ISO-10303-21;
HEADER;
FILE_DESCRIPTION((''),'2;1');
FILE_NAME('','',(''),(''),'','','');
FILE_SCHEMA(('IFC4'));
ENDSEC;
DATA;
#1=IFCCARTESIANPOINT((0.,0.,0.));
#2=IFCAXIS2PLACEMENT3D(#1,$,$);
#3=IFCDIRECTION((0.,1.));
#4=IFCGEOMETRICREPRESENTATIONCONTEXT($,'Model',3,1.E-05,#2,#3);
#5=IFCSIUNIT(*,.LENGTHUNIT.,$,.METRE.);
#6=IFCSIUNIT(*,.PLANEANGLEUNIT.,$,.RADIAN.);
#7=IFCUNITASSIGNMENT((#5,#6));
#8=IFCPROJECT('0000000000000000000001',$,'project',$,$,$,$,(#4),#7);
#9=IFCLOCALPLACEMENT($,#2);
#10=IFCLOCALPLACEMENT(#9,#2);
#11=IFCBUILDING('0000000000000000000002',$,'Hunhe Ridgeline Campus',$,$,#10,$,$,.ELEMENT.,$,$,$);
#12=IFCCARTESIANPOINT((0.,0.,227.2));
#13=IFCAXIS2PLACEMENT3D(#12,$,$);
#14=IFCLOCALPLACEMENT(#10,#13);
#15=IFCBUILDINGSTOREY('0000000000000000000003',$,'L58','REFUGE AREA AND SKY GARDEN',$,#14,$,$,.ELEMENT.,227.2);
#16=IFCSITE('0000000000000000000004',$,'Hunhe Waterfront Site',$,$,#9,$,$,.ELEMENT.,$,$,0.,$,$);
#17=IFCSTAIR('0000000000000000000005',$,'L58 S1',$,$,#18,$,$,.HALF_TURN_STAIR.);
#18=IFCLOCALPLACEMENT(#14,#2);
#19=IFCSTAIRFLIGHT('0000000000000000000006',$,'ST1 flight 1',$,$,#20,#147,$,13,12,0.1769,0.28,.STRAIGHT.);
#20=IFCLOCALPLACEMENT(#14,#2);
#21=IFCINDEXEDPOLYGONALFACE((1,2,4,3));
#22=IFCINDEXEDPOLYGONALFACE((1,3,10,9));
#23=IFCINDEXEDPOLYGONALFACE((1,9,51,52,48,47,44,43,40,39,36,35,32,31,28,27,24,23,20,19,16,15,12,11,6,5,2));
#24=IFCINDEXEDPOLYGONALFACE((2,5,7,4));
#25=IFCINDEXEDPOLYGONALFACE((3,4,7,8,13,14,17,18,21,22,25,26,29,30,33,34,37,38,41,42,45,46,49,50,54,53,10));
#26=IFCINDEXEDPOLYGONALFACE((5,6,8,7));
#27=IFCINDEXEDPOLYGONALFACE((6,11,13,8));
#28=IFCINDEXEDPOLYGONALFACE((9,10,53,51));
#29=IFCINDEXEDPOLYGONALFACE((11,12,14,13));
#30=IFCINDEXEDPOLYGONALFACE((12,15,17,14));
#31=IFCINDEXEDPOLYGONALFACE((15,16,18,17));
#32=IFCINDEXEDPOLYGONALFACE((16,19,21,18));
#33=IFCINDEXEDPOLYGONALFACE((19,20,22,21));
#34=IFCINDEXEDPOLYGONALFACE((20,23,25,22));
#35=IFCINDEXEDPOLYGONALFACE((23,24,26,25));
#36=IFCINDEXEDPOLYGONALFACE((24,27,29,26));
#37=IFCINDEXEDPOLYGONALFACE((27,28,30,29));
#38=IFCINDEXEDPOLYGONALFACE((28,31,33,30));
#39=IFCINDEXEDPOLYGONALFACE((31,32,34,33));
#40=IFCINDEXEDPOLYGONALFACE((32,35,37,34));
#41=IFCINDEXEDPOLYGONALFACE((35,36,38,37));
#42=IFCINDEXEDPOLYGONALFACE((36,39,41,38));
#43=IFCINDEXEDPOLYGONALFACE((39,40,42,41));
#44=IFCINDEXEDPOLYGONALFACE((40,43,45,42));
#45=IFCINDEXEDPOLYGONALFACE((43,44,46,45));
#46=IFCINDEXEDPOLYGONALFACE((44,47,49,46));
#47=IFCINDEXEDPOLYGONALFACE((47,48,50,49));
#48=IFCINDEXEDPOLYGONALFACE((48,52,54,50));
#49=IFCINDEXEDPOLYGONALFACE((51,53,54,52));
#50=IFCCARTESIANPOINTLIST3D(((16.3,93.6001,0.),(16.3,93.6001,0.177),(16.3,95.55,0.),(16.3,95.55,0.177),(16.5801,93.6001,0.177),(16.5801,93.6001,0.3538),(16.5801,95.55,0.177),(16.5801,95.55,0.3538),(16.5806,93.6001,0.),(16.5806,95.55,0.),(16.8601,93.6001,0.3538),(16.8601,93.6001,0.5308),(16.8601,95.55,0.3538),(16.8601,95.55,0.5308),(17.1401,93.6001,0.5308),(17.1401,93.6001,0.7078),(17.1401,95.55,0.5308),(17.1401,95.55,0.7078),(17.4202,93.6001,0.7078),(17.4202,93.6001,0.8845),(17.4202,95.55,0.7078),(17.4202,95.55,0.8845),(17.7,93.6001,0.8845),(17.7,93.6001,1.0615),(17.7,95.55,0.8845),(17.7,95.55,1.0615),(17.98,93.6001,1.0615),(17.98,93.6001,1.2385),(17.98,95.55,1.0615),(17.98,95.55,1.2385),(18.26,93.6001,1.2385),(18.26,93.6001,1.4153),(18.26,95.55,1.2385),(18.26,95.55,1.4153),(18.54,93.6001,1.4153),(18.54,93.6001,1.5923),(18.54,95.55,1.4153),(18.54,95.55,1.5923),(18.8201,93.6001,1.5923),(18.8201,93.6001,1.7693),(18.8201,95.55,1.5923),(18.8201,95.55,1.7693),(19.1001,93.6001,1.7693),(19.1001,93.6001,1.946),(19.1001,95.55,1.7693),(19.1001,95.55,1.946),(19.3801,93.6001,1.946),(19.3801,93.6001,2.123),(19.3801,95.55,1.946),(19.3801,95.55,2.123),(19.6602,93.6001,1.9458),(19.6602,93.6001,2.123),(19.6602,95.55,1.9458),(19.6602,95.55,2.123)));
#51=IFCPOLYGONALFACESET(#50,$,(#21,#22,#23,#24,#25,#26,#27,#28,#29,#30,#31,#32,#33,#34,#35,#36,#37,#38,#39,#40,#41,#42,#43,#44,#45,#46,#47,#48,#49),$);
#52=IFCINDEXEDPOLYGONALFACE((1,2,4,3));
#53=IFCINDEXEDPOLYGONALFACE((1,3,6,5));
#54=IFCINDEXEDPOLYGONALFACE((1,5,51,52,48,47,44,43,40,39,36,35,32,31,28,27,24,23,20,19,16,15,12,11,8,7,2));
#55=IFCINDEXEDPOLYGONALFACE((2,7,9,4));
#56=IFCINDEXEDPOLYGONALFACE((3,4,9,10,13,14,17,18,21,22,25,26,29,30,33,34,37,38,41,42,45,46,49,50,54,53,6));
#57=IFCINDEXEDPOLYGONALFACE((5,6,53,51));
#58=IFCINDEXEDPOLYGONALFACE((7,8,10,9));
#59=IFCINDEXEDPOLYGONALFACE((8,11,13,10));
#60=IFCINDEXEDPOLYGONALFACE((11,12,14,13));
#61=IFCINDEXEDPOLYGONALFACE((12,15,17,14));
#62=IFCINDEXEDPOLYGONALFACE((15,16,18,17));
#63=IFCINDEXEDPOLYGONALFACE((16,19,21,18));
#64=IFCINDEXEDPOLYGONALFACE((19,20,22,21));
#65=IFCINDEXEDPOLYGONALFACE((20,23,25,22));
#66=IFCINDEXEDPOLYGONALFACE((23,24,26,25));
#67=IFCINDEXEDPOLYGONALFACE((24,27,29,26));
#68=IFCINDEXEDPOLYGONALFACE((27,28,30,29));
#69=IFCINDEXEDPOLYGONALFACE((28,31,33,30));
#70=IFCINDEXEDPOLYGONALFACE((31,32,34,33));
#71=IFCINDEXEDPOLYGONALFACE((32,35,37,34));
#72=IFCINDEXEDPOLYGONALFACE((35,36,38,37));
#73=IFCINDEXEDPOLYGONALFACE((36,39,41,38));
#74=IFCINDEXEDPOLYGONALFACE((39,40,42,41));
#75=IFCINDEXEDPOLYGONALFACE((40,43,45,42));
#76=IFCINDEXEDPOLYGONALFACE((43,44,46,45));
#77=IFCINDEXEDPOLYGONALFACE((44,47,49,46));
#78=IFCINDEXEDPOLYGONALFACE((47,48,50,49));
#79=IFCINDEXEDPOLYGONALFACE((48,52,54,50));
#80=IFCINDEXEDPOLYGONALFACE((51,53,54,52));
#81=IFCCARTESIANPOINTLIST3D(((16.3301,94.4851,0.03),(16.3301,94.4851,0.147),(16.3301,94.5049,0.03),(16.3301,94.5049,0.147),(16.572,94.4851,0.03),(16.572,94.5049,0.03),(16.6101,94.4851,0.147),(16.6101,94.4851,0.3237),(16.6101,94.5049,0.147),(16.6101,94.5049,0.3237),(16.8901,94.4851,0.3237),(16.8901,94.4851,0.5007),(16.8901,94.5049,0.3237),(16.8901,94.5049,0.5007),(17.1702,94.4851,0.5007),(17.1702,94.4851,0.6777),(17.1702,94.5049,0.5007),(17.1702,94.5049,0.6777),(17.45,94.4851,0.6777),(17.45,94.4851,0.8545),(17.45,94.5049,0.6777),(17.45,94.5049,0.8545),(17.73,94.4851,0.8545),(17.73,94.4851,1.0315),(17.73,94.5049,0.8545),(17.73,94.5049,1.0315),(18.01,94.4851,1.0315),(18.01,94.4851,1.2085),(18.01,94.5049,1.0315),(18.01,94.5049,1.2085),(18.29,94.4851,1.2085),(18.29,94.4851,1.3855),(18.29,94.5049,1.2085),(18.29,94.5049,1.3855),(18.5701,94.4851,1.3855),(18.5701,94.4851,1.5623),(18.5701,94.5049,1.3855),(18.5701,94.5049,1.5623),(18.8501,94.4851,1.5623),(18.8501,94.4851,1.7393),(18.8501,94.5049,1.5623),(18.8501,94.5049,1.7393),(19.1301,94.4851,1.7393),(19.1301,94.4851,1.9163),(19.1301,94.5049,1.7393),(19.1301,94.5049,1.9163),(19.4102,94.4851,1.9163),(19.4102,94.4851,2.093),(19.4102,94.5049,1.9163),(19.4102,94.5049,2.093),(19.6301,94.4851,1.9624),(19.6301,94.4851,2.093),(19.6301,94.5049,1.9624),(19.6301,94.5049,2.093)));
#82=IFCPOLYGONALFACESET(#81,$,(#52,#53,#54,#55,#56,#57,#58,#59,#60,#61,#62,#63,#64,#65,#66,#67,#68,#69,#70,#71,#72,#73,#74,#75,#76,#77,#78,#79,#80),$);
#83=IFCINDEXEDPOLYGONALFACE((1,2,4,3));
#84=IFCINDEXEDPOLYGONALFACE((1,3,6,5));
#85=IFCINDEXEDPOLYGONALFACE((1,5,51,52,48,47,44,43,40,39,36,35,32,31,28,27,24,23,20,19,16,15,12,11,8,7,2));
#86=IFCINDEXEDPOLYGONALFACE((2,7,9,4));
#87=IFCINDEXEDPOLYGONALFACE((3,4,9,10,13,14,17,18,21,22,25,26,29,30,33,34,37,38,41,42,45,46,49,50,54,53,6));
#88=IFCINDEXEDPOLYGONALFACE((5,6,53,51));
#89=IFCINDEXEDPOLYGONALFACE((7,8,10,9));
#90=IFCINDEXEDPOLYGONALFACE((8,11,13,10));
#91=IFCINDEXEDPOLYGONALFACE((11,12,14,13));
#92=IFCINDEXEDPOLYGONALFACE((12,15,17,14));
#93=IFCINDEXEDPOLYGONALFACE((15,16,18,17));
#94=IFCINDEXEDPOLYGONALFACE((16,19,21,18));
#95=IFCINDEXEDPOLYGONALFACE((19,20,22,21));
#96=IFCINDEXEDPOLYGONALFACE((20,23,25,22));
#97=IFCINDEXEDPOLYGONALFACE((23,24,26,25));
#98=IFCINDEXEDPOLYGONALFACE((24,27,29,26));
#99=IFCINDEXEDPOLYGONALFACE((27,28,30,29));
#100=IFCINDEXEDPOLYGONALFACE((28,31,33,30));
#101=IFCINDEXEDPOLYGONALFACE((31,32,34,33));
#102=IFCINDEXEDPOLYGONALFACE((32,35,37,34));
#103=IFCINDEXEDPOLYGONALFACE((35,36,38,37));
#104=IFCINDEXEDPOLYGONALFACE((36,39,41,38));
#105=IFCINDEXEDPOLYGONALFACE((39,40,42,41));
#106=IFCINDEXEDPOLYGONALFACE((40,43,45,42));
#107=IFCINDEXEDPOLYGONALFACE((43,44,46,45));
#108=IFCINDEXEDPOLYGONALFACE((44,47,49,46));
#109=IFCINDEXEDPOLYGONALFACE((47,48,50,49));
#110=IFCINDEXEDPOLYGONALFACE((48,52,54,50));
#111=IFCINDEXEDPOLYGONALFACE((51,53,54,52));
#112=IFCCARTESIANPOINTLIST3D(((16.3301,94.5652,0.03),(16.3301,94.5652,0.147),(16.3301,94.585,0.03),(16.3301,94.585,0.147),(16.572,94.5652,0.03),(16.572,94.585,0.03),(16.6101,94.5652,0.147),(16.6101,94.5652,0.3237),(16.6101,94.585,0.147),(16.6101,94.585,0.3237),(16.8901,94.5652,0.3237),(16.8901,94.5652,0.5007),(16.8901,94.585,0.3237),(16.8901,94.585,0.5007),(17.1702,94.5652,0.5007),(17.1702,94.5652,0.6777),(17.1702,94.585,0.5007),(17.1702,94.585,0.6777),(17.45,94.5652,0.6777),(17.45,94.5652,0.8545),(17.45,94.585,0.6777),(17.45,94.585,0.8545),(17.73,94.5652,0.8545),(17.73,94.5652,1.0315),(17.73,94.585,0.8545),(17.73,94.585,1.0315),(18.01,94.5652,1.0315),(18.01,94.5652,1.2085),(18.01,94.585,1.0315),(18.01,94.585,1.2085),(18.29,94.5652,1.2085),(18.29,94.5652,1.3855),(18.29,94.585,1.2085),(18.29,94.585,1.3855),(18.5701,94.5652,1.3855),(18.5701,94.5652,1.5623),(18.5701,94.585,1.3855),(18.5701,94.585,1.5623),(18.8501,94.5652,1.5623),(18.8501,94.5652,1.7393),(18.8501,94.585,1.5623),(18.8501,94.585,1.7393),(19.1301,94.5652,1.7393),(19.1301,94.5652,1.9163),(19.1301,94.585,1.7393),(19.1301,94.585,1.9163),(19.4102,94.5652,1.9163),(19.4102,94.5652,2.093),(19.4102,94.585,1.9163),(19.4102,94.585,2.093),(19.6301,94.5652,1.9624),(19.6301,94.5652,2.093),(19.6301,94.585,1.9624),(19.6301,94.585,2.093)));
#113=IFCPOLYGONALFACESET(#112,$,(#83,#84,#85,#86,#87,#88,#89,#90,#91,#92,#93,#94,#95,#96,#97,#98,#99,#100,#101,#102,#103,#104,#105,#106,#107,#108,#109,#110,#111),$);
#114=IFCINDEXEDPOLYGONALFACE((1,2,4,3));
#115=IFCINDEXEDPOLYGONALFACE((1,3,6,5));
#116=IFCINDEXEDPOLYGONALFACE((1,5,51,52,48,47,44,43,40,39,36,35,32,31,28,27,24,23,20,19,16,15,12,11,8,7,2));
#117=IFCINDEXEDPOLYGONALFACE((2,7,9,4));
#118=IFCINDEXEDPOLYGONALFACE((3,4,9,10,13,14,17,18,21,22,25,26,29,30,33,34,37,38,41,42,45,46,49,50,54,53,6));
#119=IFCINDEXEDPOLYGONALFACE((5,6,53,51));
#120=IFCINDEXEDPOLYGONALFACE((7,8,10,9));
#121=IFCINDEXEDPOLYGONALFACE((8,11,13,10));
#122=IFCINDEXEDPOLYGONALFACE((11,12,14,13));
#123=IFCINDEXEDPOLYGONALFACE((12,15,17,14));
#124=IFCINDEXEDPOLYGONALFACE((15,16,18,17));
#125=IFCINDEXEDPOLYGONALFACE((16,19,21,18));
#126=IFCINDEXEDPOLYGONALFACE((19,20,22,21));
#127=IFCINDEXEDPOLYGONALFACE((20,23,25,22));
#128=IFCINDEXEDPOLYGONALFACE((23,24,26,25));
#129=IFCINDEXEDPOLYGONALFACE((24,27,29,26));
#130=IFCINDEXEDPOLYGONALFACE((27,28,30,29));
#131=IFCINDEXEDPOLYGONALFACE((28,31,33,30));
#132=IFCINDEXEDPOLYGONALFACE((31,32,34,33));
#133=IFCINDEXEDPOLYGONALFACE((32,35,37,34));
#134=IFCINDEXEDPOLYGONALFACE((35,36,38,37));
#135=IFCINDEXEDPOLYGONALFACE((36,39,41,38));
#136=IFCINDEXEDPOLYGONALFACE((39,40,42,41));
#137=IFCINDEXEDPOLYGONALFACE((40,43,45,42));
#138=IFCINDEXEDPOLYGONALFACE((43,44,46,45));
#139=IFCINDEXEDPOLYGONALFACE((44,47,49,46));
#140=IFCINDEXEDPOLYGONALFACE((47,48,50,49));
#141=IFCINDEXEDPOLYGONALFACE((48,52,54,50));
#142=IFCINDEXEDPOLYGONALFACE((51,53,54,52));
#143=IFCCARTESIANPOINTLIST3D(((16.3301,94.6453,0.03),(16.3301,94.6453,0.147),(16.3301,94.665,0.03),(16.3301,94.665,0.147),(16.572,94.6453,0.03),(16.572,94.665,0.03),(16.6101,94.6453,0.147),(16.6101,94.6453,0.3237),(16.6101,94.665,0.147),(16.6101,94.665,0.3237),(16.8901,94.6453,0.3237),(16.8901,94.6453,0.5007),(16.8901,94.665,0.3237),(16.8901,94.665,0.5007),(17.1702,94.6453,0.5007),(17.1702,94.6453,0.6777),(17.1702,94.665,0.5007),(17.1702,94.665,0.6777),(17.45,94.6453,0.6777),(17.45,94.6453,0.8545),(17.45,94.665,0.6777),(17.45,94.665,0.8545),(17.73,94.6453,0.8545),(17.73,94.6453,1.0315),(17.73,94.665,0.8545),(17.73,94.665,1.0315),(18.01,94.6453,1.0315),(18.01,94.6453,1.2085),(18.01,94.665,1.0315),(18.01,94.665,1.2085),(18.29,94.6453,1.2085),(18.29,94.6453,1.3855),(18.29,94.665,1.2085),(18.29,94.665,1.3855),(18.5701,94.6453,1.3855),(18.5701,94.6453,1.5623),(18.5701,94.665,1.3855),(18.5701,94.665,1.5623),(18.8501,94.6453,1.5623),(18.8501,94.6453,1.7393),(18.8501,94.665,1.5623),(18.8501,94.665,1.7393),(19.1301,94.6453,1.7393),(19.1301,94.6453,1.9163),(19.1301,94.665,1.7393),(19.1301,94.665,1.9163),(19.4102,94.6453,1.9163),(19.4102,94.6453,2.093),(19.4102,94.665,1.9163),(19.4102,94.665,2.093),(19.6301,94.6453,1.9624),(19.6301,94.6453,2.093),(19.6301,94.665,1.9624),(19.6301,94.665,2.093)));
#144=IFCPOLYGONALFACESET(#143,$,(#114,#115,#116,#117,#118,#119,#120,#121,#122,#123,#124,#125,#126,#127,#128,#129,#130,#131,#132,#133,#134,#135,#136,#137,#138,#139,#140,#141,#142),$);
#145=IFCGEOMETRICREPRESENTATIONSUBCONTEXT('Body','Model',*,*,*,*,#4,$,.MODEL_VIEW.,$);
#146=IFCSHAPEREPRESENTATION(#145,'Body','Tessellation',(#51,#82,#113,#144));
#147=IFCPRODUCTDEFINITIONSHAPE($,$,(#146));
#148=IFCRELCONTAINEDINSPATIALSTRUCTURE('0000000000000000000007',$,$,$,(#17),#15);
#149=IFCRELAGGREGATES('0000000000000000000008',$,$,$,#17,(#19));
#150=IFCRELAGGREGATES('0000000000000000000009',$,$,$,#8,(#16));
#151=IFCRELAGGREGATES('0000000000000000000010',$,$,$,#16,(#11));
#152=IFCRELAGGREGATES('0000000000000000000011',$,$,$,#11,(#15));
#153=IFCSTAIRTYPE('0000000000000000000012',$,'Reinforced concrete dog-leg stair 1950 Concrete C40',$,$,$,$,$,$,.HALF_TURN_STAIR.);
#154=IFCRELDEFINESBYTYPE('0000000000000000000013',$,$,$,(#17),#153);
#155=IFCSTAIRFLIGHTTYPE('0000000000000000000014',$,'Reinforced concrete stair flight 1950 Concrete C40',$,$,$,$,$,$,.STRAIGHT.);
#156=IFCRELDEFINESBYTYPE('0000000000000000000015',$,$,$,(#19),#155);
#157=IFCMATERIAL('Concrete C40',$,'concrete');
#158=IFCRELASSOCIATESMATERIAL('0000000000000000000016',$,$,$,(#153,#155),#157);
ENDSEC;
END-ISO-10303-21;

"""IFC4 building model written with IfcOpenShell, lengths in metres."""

from ifc_helpers import new_model, si_unit, direction, frame, origin, place, context, subcontext, project, spatial, polyline, outline, extrude, material, type_object, element, aggregate, save


model = new_model("IFC4")

# Units and contexts
model_context = context("Model", 3, precision=1e-05, world=origin(), true_north=direction((0.0, 1.0)))
body_context = subcontext(model_context, "Body", "Model", "MODEL_VIEW")
ifc_project = project(units=[si_unit("LENGTHUNIT", "METRE"), si_unit("PLANEANGLEUNIT", "RADIAN")], contexts=[model_context])

# Site, building, storey
site_placement = place(None, origin())
site = spatial("IfcSite", under=ifc_project, at=site_placement, Name="Hunhe Waterfront Site", CompositionType="ELEMENT", RefElevation=0.0)
building_placement = place(site_placement, origin())
building = spatial("IfcBuilding", under=site, at=building_placement, Name="Hunhe Ridgeline Campus", CompositionType="ELEMENT")
storey_placement = place(building_placement, frame((0.0, 0.0, 227.2)))
storey = spatial("IfcBuildingStorey", under=building, at=storey_placement, Name="L58", Description="REFUGE AREA AND SKY GARDEN", CompositionType="ELEMENT", Elevation=227.2)

# Stair, stair flight
ifc_material_1 = material(Name="Concrete C40", Category="concrete")
stair_type = type_object("IfcStairType", Name="Reinforced concrete dog-leg stair 1950 Concrete C40", PredefinedType="HALF_TURN_STAIR", material=ifc_material_1)
stair_placement = place(storey_placement, origin())
stair = element("IfcStair", 1, at=stair_placement, inside=storey, type_object=stair_type, Name="L58 S1", PredefinedType="HALF_TURN_STAIR")
stair_flight_type = type_object("IfcStairFlightType", Name="Reinforced concrete stair flight 1950 Concrete C40", PredefinedType="STRAIGHT", material=ifc_material_1)
stair_flight_placement = place(storey_placement, frame((16.3, 94.575, 0.0), z_axis=(0.0, 0.0, 1.0), x_axis=(1.0, 0.0, 0.0)))
stair_flight = element("IfcStairFlight", 2, at=stair_flight_placement, type_object=stair_flight_type, Name="ST1 flight 1", NumberOfRisers=13, NumberOfTreads=12, PredefinedType="STRAIGHT", RiserHeight=0.1769, TreadLength=0.28, context=body_context, shape_type="SweptSolid", body=[
    extrude(outline(polyline([(0.0, 0.0), (0.0, 0.177), (0.28, 0.177), (0.28, 0.3538), (0.5601, 0.3538), (0.5601, 0.5308), (0.8401, 0.5308), (0.8401, 0.7078), (1.1201, 0.7078), (1.1201, 0.8845), (1.3999, 0.8845), (1.3999, 1.0615), (1.6799, 1.0615), (1.6799, 1.2385), (1.96, 1.2385), (1.96, 1.4153), (2.24, 1.4153), (2.24, 1.5923), (2.52, 1.5923), (2.52, 1.7693), (2.8, 1.7693), (2.8, 1.946), (3.0801, 1.946), (3.0801, 2.123), (3.3601, 2.123), (3.3601, 2.3), (3.3601, 1.9458), (0.2805, 0.0), (0.0, 0.0)])), frame((0.0, 0.9751, 0.0), z_axis=(0.0, -1.0, 0.0), x_axis=(1.0, 0.0, 0.0)), (0.0, 0.0, 1.0), 1.95),
    extrude(outline(polyline([(0.03, 0.03), (0.03, 0.147), (0.3101, 0.147), (0.3101, 0.3237), (0.5901, 0.3237), (0.5901, 0.5007), (0.8701, 0.5007), (0.8701, 0.6777), (1.1499, 0.6777), (1.1499, 0.8545), (1.4299, 0.8545), (1.4299, 1.0315), (1.71, 1.0315), (1.71, 1.2085), (1.99, 1.2085), (1.99, 1.3855), (2.27, 1.3855), (2.27, 1.5623), (2.55, 1.5623), (2.55, 1.7393), (2.8301, 1.7393), (2.8301, 1.9163), (3.1101, 1.9163), (3.1101, 2.093), (3.3301, 2.093), (3.3301, 1.9624), (0.272, 0.03), (0.03, 0.03)])), frame((0.0, -0.0701, 0.0), z_axis=(0.0, -1.0, 0.0), x_axis=(1.0, 0.0, 0.0)), (0.0, 0.0, 1.0), 0.0198),
    extrude(outline(polyline([(0.03, 0.03), (0.03, 0.147), (0.3101, 0.147), (0.3101, 0.3237), (0.5901, 0.3237), (0.5901, 0.5007), (0.8701, 0.5007), (0.8701, 0.6777), (1.1499, 0.6777), (1.1499, 0.8545), (1.4299, 0.8545), (1.4299, 1.0315), (1.71, 1.0315), (1.71, 1.2085), (1.99, 1.2085), (1.99, 1.3855), (2.27, 1.3855), (2.27, 1.5623), (2.55, 1.5623), (2.55, 1.7393), (2.8301, 1.7393), (2.8301, 1.9163), (3.1101, 1.9163), (3.1101, 2.093), (3.3301, 2.093), (3.3301, 1.9624), (0.272, 0.03), (0.03, 0.03)])), frame((0.0, 0.01, 0.0), z_axis=(0.0, -1.0, 0.0), x_axis=(1.0, 0.0, 0.0)), (0.0, 0.0, 1.0), 0.0198),
    extrude(outline(polyline([(0.03, 0.03), (0.03, 0.147), (0.3101, 0.147), (0.3101, 0.3237), (0.5901, 0.3237), (0.5901, 0.5007), (0.8701, 0.5007), (0.8701, 0.6777), (1.1499, 0.6777), (1.1499, 0.8545), (1.4299, 0.8545), (1.4299, 1.0315), (1.71, 1.0315), (1.71, 1.2085), (1.99, 1.2085), (1.99, 1.3855), (2.27, 1.3855), (2.27, 1.5623), (2.55, 1.5623), (2.55, 1.7393), (2.8301, 1.7393), (2.8301, 1.9163), (3.1101, 1.9163), (3.1101, 2.093), (3.3301, 2.093), (3.3301, 1.9624), (0.272, 0.03), (0.03, 0.03)])), frame((0.0, 0.0901, 0.0), z_axis=(0.0, -1.0, 0.0), x_axis=(1.0, 0.0, 0.0)), (0.0, 0.0, 1.0), 0.0198),
])
aggregate(stair, [stair_flight])

save(model, "model.ifc")
